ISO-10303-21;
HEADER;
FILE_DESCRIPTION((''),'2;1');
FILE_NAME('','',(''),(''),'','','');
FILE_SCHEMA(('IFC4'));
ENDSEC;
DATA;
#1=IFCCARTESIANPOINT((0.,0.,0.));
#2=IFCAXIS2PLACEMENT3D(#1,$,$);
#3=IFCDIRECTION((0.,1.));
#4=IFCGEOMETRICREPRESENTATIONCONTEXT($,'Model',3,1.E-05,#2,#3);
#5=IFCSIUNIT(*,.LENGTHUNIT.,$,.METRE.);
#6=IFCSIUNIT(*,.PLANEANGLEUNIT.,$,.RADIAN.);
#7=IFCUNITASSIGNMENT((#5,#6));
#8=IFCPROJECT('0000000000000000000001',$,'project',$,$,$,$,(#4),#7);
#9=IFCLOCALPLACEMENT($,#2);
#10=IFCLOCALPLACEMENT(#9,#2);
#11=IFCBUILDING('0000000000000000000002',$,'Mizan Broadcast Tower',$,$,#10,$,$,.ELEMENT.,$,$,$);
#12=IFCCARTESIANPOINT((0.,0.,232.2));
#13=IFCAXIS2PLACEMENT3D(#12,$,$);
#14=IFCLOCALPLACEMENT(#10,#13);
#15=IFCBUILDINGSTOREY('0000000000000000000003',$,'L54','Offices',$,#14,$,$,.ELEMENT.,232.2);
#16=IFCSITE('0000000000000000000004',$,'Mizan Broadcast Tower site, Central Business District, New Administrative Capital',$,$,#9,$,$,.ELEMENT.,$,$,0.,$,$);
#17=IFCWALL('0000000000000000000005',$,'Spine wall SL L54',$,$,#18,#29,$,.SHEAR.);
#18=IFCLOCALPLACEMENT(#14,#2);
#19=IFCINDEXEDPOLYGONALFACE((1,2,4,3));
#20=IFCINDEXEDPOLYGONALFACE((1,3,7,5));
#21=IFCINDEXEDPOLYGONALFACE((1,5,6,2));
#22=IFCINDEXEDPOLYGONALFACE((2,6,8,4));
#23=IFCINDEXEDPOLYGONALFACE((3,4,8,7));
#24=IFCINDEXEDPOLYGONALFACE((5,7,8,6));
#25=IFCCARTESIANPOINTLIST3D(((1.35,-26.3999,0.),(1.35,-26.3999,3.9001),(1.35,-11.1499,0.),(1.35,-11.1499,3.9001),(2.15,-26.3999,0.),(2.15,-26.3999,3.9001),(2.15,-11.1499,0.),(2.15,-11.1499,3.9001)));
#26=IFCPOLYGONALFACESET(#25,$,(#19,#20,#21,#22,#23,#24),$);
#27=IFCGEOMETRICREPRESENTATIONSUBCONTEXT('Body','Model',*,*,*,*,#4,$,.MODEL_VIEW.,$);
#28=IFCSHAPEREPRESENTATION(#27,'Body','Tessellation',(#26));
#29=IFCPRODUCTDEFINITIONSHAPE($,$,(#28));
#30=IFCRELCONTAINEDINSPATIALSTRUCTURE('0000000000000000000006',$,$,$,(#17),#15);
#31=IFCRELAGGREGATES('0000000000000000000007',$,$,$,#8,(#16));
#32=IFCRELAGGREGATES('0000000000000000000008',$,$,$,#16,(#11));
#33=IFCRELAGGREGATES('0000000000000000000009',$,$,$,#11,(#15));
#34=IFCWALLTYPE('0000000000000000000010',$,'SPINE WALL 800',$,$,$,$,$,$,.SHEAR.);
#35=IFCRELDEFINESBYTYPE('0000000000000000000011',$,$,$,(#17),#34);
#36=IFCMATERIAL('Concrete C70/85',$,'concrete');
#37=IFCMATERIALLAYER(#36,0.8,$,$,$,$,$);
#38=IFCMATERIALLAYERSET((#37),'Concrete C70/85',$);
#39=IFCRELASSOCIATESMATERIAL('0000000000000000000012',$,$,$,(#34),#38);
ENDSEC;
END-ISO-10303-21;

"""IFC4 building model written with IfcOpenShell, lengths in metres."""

from ifc_helpers import new_model, si_unit, direction, frame, frame_2d, origin, place, context, subcontext, project, spatial, rectangle, extrude, material, layer, layer_set, type_object, element, save


model = new_model("IFC4")

# Units and contexts
model_context = context("Model", 3, precision=1e-05, world=origin(), true_north=direction((0.0, 1.0)))
body_context = subcontext(model_context, "Body", "Model", "MODEL_VIEW")
ifc_project = project(units=[si_unit("LENGTHUNIT", "METRE"), si_unit("PLANEANGLEUNIT", "RADIAN")], contexts=[model_context])

# Site, building, storey
site_placement = place(None, origin())
site = spatial("IfcSite", under=ifc_project, at=site_placement, Name="Mizan Broadcast Tower site, Central Business District, New Administrative Capital", CompositionType="ELEMENT", RefElevation=0.0)
building_placement = place(site_placement, origin())
building = spatial("IfcBuilding", under=site, at=building_placement, Name="Mizan Broadcast Tower", CompositionType="ELEMENT")
storey_placement = place(building_placement, frame((0.0, 0.0, 232.2)))
storey = spatial("IfcBuildingStorey", under=building, at=storey_placement, Name="L54", Description="Offices", CompositionType="ELEMENT", Elevation=232.2)

# Wall
ifc_material_1 = material(Name="Concrete C70/85", Category="concrete")
ifc_layer_1 = layer(ifc_material_1, 0.8)
ifc_layer_set_1 = layer_set([ifc_layer_1], Name="Concrete C70/85")
wall_type_1 = type_object("IfcWallType", Name="SPINE WALL 800", PredefinedType="SHEAR", material=ifc_layer_set_1)
for number, where, z_axis, x_axis, name in (
    (1, (1.75, -11.1499, 0.0), (0.0, 0.0, 1.0), (0.0, -1.0, 0.0), "Spine wall SL L54"),
):
    element("IfcWall", number, at=place(storey_placement, frame(where, z_axis=z_axis, x_axis=x_axis)), inside=storey, type_object=wall_type_1, Name=name, PredefinedType="SHEAR", context=body_context, shape_type="SweptSolid", body=[
        extrude(rectangle(XDim=15.25, YDim=0.8, at=frame_2d((7.625, 0.0))), origin(), (0.0, 0.0, 1.0), 3.9001),
    ])

save(model, "model.ifc")
